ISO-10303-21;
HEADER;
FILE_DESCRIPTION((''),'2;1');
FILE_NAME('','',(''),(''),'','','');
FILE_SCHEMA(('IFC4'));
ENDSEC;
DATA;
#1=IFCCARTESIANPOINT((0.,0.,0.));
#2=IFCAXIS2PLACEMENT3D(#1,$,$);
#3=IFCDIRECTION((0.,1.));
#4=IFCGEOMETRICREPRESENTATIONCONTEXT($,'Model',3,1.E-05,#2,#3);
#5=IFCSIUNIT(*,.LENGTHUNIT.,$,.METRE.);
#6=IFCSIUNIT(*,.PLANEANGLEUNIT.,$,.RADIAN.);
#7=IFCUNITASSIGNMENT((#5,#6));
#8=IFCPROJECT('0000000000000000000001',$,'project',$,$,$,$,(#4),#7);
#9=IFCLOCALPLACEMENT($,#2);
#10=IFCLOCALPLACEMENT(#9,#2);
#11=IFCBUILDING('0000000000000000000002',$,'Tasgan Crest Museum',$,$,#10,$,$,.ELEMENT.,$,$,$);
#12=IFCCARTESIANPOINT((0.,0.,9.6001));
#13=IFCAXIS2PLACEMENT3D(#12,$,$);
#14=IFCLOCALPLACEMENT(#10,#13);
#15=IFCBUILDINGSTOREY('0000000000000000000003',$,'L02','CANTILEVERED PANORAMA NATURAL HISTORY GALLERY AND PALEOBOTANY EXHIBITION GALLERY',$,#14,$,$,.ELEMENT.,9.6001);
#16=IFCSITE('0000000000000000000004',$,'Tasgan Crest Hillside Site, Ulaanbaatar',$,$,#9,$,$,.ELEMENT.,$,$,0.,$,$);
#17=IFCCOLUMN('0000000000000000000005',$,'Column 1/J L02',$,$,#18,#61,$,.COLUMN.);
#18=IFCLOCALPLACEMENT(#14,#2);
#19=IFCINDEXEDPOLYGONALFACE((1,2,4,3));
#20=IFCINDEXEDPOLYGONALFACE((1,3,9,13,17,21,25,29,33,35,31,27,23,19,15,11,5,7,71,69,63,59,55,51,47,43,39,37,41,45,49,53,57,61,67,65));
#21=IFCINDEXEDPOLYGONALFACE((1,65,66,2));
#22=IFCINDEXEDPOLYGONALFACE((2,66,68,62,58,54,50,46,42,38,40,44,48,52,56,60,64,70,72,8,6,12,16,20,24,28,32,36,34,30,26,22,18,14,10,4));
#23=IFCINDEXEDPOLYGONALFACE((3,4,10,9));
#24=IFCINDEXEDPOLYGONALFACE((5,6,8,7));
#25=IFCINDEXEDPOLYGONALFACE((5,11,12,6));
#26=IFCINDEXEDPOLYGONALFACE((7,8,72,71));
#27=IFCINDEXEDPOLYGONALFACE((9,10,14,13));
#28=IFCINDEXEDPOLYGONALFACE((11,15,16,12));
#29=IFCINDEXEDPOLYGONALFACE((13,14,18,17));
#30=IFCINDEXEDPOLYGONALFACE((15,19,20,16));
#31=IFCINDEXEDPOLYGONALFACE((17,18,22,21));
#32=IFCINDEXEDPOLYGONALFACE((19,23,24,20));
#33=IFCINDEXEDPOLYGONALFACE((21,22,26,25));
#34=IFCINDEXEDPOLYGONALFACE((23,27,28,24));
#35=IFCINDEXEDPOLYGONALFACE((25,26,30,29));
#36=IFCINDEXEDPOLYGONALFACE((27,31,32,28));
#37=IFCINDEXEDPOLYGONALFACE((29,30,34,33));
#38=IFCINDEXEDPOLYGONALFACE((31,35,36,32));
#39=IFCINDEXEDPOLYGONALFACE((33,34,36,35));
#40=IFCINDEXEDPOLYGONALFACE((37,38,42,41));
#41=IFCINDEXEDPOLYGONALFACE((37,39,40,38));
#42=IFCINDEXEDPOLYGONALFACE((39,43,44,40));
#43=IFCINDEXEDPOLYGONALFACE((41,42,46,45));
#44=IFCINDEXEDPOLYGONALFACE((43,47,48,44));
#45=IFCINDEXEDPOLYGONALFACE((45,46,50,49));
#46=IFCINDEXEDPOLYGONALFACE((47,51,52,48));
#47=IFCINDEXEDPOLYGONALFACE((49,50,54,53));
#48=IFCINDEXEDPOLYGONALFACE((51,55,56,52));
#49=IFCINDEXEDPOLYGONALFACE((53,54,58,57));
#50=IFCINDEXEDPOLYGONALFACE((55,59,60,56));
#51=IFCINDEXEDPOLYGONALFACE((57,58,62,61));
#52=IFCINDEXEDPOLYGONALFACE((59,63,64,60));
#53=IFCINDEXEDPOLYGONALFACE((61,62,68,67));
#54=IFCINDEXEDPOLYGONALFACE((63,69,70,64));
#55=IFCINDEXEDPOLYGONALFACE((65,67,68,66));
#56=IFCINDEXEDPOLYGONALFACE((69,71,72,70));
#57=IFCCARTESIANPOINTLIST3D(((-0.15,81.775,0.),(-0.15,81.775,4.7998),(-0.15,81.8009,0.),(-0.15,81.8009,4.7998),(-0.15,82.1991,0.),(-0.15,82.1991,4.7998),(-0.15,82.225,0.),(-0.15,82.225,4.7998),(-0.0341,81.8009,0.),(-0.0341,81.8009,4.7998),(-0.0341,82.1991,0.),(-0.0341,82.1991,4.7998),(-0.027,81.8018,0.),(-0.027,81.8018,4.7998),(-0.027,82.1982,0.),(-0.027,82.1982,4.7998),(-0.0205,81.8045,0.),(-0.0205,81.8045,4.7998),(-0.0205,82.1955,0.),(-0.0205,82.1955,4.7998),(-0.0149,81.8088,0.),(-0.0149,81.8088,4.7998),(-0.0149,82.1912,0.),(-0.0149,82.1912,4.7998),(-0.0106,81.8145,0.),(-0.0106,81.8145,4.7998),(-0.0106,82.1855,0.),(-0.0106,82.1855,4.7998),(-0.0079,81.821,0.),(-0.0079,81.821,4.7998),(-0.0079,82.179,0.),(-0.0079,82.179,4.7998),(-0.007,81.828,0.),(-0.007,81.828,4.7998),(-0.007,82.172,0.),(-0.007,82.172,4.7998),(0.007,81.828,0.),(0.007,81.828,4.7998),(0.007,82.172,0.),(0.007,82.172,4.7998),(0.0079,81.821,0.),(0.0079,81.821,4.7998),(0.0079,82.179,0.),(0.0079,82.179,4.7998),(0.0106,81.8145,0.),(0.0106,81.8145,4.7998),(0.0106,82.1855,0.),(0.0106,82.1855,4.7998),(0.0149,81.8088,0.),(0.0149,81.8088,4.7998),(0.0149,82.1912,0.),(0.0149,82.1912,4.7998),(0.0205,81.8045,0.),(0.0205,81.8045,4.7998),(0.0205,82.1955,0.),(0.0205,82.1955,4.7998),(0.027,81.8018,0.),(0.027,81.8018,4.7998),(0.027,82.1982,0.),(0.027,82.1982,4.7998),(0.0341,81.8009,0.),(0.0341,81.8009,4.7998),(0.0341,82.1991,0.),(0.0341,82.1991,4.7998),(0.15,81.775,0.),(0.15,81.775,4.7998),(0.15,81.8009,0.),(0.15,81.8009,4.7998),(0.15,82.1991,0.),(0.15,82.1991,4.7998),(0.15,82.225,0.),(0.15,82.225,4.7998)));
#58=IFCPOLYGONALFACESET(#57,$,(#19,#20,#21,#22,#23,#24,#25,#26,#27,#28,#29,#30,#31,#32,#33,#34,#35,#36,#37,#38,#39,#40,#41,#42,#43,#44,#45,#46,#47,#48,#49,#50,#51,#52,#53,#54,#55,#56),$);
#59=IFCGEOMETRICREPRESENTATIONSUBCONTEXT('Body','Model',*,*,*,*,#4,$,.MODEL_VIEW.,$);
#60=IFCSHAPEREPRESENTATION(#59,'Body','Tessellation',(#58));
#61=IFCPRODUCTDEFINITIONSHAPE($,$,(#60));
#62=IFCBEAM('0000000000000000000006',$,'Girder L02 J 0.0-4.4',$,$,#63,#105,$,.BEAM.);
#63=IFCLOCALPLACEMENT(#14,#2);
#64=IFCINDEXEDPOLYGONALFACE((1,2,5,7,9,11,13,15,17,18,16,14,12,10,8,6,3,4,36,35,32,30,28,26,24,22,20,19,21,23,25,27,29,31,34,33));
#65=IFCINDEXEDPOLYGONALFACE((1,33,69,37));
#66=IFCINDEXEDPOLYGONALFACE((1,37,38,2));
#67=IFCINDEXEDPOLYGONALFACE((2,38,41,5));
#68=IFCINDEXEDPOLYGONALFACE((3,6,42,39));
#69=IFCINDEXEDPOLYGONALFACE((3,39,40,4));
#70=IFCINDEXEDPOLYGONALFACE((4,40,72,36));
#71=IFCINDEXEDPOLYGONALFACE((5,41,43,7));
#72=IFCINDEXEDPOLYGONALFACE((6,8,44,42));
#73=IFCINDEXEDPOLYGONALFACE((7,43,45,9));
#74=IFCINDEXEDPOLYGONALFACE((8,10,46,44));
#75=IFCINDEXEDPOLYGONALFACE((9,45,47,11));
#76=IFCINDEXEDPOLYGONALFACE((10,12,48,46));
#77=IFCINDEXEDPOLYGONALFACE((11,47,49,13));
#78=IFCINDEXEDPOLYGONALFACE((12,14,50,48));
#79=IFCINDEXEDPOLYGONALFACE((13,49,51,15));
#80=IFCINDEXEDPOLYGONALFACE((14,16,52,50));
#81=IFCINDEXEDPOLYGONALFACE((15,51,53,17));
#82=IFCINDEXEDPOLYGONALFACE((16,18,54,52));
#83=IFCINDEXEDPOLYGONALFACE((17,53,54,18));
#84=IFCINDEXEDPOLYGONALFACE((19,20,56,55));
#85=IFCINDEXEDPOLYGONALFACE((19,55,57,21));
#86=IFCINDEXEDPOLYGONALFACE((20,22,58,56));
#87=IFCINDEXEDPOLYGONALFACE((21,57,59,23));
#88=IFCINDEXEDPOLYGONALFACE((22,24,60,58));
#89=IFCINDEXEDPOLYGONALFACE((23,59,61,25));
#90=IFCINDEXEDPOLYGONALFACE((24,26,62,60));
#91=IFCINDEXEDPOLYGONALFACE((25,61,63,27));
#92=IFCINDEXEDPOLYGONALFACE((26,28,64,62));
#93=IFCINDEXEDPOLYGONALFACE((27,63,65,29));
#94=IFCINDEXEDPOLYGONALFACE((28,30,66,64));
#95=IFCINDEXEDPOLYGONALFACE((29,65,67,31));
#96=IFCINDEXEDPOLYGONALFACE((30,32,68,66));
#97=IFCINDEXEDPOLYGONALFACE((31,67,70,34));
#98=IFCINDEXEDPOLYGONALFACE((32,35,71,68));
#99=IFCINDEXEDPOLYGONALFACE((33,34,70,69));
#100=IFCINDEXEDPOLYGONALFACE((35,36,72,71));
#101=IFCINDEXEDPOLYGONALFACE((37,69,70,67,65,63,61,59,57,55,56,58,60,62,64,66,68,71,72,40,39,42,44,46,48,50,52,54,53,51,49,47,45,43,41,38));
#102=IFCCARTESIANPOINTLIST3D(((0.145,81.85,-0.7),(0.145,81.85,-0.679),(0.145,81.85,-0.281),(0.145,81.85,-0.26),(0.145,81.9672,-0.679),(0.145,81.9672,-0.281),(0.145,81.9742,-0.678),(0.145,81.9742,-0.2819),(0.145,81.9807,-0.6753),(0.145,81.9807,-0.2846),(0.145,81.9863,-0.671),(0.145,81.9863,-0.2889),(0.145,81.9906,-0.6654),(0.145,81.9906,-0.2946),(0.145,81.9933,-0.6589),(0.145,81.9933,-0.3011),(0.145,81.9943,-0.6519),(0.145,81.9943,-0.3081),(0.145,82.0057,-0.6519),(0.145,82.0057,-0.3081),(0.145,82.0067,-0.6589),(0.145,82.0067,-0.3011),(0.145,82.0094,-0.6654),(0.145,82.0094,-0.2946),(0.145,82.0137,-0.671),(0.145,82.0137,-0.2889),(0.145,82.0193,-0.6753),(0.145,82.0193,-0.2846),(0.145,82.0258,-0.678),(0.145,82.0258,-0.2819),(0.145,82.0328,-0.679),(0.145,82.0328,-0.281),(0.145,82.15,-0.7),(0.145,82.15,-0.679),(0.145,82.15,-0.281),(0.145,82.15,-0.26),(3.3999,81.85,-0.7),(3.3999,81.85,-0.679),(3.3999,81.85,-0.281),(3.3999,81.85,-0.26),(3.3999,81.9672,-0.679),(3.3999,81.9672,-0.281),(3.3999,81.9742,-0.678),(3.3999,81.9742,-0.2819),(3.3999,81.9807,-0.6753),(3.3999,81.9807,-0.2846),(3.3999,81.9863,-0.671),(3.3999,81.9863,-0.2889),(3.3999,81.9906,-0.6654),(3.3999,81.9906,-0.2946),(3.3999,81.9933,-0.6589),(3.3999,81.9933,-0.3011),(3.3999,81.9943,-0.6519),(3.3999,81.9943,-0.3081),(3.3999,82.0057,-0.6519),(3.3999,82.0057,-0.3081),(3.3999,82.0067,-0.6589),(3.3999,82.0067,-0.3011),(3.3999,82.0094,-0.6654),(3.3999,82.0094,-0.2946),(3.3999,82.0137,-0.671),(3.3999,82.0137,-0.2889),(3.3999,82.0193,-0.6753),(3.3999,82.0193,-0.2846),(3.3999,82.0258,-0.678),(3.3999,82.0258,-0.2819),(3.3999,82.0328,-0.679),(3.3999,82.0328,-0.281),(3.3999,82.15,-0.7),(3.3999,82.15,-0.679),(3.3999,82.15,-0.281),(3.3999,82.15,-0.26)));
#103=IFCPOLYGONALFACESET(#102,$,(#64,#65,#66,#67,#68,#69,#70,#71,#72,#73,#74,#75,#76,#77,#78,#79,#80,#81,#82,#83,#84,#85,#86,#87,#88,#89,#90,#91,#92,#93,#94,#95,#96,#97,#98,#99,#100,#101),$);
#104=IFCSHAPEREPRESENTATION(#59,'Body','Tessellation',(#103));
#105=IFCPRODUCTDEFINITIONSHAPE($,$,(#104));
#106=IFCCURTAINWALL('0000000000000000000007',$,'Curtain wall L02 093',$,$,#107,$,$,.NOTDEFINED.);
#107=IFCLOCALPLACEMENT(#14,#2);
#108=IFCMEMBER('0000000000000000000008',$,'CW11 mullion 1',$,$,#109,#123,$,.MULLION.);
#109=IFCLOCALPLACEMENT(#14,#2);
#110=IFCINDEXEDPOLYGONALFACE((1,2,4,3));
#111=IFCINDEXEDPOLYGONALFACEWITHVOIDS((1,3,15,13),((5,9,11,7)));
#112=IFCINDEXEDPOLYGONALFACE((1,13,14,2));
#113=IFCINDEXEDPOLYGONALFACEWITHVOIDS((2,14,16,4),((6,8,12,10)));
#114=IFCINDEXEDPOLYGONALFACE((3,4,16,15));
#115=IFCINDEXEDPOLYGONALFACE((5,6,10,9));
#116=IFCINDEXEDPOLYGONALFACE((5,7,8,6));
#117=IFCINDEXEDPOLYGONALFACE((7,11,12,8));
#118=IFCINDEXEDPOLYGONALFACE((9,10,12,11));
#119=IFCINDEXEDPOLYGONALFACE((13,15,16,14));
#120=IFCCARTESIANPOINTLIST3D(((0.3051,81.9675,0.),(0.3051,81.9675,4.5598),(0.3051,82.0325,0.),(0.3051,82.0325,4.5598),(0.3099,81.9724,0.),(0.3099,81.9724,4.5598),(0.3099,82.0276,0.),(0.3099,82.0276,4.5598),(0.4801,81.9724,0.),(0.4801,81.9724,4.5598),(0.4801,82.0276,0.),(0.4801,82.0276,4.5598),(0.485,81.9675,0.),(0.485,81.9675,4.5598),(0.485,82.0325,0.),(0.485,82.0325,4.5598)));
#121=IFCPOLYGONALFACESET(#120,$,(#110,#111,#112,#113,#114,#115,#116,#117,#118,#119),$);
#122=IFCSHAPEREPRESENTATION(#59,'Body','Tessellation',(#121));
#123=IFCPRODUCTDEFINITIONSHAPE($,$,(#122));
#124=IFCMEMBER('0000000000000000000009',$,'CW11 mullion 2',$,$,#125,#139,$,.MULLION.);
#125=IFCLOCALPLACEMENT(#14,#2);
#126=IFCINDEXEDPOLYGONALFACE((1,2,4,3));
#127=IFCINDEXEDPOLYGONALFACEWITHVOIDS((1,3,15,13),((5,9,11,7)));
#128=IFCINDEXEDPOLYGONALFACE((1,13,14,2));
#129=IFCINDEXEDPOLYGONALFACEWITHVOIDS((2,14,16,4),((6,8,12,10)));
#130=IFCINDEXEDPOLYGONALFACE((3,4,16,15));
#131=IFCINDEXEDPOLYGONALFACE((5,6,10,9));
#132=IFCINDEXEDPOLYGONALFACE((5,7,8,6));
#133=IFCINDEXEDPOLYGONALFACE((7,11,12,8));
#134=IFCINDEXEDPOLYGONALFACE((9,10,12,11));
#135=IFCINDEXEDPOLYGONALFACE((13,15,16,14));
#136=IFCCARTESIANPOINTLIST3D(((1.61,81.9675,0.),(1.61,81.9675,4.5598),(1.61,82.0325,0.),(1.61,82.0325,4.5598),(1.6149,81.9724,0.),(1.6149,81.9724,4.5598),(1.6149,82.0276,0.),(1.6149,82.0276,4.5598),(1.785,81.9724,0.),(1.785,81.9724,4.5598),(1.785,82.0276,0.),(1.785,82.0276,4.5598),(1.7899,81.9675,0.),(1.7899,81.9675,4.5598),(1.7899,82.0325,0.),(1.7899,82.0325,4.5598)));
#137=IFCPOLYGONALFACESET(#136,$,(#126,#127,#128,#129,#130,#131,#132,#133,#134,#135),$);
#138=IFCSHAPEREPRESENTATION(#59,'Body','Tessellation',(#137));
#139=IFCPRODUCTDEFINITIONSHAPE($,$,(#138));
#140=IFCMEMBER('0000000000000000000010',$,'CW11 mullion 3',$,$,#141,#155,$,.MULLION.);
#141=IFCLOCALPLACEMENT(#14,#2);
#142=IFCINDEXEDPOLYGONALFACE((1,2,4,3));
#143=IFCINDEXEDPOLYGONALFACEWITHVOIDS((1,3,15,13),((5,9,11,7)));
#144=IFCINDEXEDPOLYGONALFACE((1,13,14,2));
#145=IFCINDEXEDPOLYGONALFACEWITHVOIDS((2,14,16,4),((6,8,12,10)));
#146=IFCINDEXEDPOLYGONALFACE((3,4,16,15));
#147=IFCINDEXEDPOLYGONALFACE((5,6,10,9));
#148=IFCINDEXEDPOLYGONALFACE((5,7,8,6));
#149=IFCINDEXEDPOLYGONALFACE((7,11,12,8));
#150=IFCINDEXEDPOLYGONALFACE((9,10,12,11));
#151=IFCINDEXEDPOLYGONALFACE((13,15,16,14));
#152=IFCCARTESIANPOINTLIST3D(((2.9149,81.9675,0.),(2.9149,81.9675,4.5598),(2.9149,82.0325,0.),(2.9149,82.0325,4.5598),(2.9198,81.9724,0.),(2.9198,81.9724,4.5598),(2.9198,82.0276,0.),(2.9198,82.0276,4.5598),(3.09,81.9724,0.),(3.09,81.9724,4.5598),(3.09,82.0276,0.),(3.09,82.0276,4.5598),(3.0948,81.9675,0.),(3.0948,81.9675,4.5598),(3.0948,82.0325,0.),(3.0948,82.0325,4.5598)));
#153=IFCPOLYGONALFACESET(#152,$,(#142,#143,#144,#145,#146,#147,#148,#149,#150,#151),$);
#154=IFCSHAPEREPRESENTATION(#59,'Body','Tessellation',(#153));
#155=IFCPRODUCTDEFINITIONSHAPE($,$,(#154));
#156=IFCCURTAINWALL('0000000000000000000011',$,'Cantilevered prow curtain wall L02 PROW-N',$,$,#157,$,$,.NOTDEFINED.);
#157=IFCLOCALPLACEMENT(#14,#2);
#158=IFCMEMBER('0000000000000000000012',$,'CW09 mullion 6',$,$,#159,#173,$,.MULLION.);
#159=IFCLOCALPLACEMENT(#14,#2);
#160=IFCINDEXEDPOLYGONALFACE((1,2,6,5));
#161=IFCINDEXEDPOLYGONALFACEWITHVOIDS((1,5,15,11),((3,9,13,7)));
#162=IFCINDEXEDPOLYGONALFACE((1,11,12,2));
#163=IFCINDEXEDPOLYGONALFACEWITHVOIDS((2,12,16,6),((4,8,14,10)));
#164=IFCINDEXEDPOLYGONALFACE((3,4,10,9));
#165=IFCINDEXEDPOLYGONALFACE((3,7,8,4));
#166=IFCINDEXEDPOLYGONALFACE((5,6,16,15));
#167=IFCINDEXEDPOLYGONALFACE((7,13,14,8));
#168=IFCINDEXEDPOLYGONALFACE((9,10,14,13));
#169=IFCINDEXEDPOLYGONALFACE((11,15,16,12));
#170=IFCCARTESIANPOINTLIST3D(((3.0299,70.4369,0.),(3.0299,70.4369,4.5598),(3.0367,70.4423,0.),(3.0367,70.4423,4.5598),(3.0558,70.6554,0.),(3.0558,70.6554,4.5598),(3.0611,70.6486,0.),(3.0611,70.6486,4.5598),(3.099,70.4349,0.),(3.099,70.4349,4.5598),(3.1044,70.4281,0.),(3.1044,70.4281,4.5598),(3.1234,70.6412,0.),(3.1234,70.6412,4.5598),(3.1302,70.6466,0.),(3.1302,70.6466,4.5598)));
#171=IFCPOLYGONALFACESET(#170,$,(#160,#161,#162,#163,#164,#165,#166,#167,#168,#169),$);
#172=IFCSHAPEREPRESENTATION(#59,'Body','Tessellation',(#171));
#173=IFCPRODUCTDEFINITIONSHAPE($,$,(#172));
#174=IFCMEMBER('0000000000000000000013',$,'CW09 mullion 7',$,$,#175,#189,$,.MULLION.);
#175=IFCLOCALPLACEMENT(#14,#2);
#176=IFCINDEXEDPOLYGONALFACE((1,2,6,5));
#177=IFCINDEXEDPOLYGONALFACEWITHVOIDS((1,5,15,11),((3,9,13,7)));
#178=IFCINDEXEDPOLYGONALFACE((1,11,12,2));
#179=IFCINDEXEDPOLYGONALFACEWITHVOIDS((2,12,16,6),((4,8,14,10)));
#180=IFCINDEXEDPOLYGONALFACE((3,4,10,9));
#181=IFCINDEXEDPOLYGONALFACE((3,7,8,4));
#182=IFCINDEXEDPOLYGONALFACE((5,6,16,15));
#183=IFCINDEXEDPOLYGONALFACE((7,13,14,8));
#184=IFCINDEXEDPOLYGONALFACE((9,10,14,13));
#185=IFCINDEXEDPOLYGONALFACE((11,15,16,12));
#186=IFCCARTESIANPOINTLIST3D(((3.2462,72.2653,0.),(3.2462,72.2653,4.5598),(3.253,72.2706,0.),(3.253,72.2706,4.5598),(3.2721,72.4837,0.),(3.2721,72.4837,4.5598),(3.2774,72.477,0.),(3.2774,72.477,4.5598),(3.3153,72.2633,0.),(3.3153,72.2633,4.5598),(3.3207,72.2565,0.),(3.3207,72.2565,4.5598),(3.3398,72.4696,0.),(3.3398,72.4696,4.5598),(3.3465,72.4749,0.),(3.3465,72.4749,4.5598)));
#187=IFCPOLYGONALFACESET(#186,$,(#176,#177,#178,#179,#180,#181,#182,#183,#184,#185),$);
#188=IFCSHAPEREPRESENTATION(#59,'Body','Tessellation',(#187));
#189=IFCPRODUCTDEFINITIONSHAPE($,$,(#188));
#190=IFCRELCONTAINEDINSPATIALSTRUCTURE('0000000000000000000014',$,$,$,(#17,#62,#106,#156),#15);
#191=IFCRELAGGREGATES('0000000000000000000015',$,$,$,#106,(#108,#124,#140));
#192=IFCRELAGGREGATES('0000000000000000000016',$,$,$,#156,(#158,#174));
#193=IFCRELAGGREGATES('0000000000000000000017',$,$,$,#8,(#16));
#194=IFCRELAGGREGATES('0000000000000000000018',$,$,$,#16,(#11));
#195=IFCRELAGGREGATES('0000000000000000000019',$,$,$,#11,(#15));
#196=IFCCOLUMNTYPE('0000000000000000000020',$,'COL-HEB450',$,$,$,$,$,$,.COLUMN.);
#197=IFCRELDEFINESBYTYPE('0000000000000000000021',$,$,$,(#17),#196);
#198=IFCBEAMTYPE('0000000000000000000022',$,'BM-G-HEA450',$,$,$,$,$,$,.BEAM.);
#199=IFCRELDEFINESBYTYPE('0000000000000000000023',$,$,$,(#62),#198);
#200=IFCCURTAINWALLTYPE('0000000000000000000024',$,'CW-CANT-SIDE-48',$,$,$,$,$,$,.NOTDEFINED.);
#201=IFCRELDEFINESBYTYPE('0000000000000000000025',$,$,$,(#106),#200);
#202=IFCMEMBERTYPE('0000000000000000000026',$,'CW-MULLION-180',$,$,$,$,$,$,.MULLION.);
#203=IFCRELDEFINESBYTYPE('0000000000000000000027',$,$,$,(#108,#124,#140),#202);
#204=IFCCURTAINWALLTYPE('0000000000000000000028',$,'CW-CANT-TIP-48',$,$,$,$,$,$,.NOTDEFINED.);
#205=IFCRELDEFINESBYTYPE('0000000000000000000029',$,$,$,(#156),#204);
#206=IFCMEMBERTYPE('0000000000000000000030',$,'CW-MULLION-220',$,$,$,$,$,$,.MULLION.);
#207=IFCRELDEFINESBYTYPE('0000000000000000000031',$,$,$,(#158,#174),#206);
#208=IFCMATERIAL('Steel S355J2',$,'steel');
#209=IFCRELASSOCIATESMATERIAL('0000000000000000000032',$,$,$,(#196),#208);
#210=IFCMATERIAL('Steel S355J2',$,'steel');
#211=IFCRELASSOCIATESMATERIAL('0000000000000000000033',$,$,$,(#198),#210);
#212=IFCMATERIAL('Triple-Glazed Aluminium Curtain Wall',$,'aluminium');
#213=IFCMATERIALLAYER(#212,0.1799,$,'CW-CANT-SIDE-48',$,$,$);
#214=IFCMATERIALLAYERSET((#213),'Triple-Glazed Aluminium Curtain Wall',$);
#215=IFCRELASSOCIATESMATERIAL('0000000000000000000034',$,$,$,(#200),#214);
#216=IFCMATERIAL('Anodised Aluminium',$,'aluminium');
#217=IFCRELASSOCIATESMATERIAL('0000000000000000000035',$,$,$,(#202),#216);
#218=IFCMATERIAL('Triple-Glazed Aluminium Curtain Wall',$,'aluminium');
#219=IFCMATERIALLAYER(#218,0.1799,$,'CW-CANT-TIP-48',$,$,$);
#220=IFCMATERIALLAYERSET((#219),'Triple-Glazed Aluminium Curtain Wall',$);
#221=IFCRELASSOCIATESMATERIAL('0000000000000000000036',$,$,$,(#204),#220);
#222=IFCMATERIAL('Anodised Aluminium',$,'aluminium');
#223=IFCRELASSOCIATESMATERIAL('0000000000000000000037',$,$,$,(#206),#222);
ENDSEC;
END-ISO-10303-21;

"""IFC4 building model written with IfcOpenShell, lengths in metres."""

from ifc_helpers import new_model, si_unit, direction, frame, origin, origin_2d, place, context, subcontext, project, spatial, hollow_rectangle, i_section, extrude, material, layer, layer_set, material_profile, profile_set, type_object, element, aggregate, save


model = new_model("IFC4")

# Units and contexts
model_context = context("Model", 3, precision=1e-05, world=origin(), true_north=direction((0.0, 1.0)))
body_context = subcontext(model_context, "Body", "Model", "MODEL_VIEW")
ifc_project = project(units=[si_unit("LENGTHUNIT", "METRE"), si_unit("PLANEANGLEUNIT", "RADIAN")], contexts=[model_context])

# Site, building, storey
site_placement = place(None, origin())
site = spatial("IfcSite", under=ifc_project, at=site_placement, Name="Tasgan Crest Hillside Site, Ulaanbaatar", CompositionType="ELEMENT", RefElevation=0.0)
building_placement = place(site_placement, origin())
building = spatial("IfcBuilding", under=site, at=building_placement, Name="Tasgan Crest Museum", CompositionType="ELEMENT")
storey_placement = place(building_placement, frame((0.0, 0.0, 9.6001)))
storey = spatial("IfcBuildingStorey", under=building, at=storey_placement, Name="L02", Description="CANTILEVERED PANORAMA NATURAL HISTORY GALLERY AND PALEOBOTANY EXHIBITION GALLERY", CompositionType="ELEMENT", Elevation=9.6001)

# Column
ifc_material_1 = material(Name="Steel S355J2", Category="steel")
ifc_material_profile_1 = material_profile(ifc_material_1, i_section(OverallWidth=0.3, OverallDepth=0.45, WebThickness=0.0139, FlangeThickness=0.0259, FilletRadius=0.0271, at=origin_2d()), Name="HEB 450")
ifc_profile_set_1 = profile_set([ifc_material_profile_1], Name="Steel S355J2")
column_type = type_object("IfcColumnType", Name="COL-HEB450", PredefinedType="COLUMN", material=ifc_profile_set_1)
column_placement = place(storey_placement, frame((0.0, 82.0, 0.0), z_axis=(0.0, 0.0, 1.0), x_axis=(1.0, 0.0, 0.0)))
element("IfcColumn", 1, at=column_placement, inside=storey, type_object=column_type, Name="Column 1/J L02", PredefinedType="COLUMN", context=body_context, shape_type="SweptSolid", body=[
    extrude(i_section(OverallWidth=0.3, OverallDepth=0.45, WebThickness=0.0139, FlangeThickness=0.0259, FilletRadius=0.0271, at=origin_2d()), origin(), (0.0, 0.0, 1.0), 4.7998),
])

# Beam
ifc_material_2 = material(Name="Steel S355J2", Category="steel")
ifc_material_profile_2 = material_profile(ifc_material_2, i_section(OverallWidth=0.3, OverallDepth=0.4399, WebThickness=0.0115, FlangeThickness=0.021, FilletRadius=0.0271, at=origin_2d()), Name="HEA 450")
ifc_profile_set_2 = profile_set([ifc_material_profile_2], Name="Steel S355J2")
beam_type = type_object("IfcBeamType", Name="BM-G-HEA450", PredefinedType="BEAM", material=ifc_profile_set_2)
beam_placement = place(storey_placement, frame((0.145, 82.0, -0.48), z_axis=(1.0, 0.0, 0.0), x_axis=(0.0, 1.0, 0.0)))
element("IfcBeam", 2, at=beam_placement, inside=storey, type_object=beam_type, Name="Girder L02 J 0.0-4.4", PredefinedType="BEAM", context=body_context, shape_type="SweptSolid", body=[
    extrude(i_section(OverallWidth=0.3, OverallDepth=0.4399, WebThickness=0.0115, FlangeThickness=0.021, FilletRadius=0.0271, at=origin_2d()), origin(), (0.0, 0.0, 1.0), 3.2549),
])

# Curtain walls, members
ifc_material_3 = material(Name="Triple-Glazed Aluminium Curtain Wall", Category="aluminium")
ifc_layer_1 = layer(ifc_material_3, 0.1799, Name="CW-CANT-SIDE-48")
ifc_layer_set_1 = layer_set([ifc_layer_1], Name="Triple-Glazed Aluminium Curtain Wall")
curtain_wall_type_1 = type_object("IfcCurtainWallType", Name="CW-CANT-SIDE-48", PredefinedType="NOTDEFINED", material=ifc_layer_set_1)
curtain_wall_1_placement = place(storey_placement, origin())
curtain_wall_1 = element("IfcCurtainWall", 3, at=curtain_wall_1_placement, inside=storey, type_object=curtain_wall_type_1, Name="Curtain wall L02 093", PredefinedType="NOTDEFINED")
ifc_material_4 = material(Name="Anodised Aluminium", Category="aluminium")
ifc_material_profile_3 = material_profile(ifc_material_4, hollow_rectangle(XDim=0.0649, YDim=0.1799, WallThickness=0.0049, at=origin_2d()), Name="ALU MULLION 180x65x5")
ifc_profile_set_3 = profile_set([ifc_material_profile_3], Name="Anodised Aluminium")
member_type_1 = type_object("IfcMemberType", Name="CW-MULLION-180", PredefinedType="MULLION", material=ifc_profile_set_3)
member_1_placement = place(storey_placement, frame((0.395, 82.0, 0.0), z_axis=(0.0, 0.0, 1.0), x_axis=(0.0, 1.0, 0.0)))
member_1 = element("IfcMember", 4, at=member_1_placement, type_object=member_type_1, Name="CW11 mullion 1", PredefinedType="MULLION", context=body_context, shape_type="SweptSolid", body=[
    extrude(hollow_rectangle(XDim=0.0649, YDim=0.1799, WallThickness=0.0049, at=origin_2d()), origin(), (0.0, 0.0, 1.0), 4.5598),
])
member_2_placement = place(storey_placement, frame((1.7, 82.0, 0.0), z_axis=(0.0, 0.0, 1.0), x_axis=(0.0, 1.0, 0.0)))
member_2 = element("IfcMember", 5, at=member_2_placement, type_object=member_type_1, Name="CW11 mullion 2", PredefinedType="MULLION", context=body_context, shape_type="SweptSolid", body=[
    extrude(hollow_rectangle(XDim=0.0649, YDim=0.1799, WallThickness=0.0049, at=origin_2d()), origin(), (0.0, 0.0, 1.0), 4.5598),
])
member_3_placement = place(storey_placement, frame((3.0049, 82.0, 0.0), z_axis=(0.0, 0.0, 1.0), x_axis=(0.0, 1.0, 0.0)))
member_3 = element("IfcMember", 6, at=member_3_placement, type_object=member_type_1, Name="CW11 mullion 3", PredefinedType="MULLION", context=body_context, shape_type="SweptSolid", body=[
    extrude(hollow_rectangle(XDim=0.0649, YDim=0.1799, WallThickness=0.0049, at=origin_2d()), origin(), (0.0, 0.0, 1.0), 4.5598),
])
ifc_material_5 = material(Name="Triple-Glazed Aluminium Curtain Wall", Category="aluminium")
ifc_layer_2 = layer(ifc_material_5, 0.1799, Name="CW-CANT-TIP-48")
ifc_layer_set_2 = layer_set([ifc_layer_2], Name="Triple-Glazed Aluminium Curtain Wall")
curtain_wall_type_2 = type_object("IfcCurtainWallType", Name="CW-CANT-TIP-48", PredefinedType="NOTDEFINED", material=ifc_layer_set_2)
curtain_wall_2_placement = place(storey_placement, origin())
curtain_wall_2 = element("IfcCurtainWall", 7, at=curtain_wall_2_placement, inside=storey, type_object=curtain_wall_type_2, Name="Cantilevered prow curtain wall L02 PROW-N", PredefinedType="NOTDEFINED")
ifc_material_6 = material(Name="Anodised Aluminium", Category="aluminium")
ifc_material_profile_4 = material_profile(ifc_material_6, hollow_rectangle(XDim=0.075, YDim=0.22, WallThickness=0.0061, at=origin_2d()), Name="ALU MULLION 220x75x6")
ifc_profile_set_4 = profile_set([ifc_material_profile_4], Name="Anodised Aluminium")
member_type_2 = type_object("IfcMemberType", Name="CW-MULLION-220", PredefinedType="MULLION", material=ifc_profile_set_4)
member_4_placement = place(storey_placement, frame((3.0801, 70.5417, 0.0), z_axis=(0.0, 0.0, 1.0), x_axis=(-0.993065, 0.117565, 0.0)))
member_4 = element("IfcMember", 8, at=member_4_placement, type_object=member_type_2, Name="CW09 mullion 6", PredefinedType="MULLION", context=body_context, shape_type="SweptSolid", body=[
    extrude(hollow_rectangle(XDim=0.075, YDim=0.22, WallThickness=0.0061, at=origin_2d()), origin(), (0.0, 0.0, 1.0), 4.5598),
])
member_5_placement = place(storey_placement, frame((3.2964, 72.3701, 0.0), z_axis=(0.0, 0.0, 1.0), x_axis=(-0.993065, 0.117565, 0.0)))
member_5 = element("IfcMember", 9, at=member_5_placement, type_object=member_type_2, Name="CW09 mullion 7", PredefinedType="MULLION", context=body_context, shape_type="SweptSolid", body=[
    extrude(hollow_rectangle(XDim=0.075, YDim=0.22, WallThickness=0.0061, at=origin_2d()), origin(), (0.0, 0.0, 1.0), 4.5598),
])

aggregate(curtain_wall_1, [member_1, member_2, member_3])
aggregate(curtain_wall_2, [member_4, member_5])

save(model, "model.ifc")
